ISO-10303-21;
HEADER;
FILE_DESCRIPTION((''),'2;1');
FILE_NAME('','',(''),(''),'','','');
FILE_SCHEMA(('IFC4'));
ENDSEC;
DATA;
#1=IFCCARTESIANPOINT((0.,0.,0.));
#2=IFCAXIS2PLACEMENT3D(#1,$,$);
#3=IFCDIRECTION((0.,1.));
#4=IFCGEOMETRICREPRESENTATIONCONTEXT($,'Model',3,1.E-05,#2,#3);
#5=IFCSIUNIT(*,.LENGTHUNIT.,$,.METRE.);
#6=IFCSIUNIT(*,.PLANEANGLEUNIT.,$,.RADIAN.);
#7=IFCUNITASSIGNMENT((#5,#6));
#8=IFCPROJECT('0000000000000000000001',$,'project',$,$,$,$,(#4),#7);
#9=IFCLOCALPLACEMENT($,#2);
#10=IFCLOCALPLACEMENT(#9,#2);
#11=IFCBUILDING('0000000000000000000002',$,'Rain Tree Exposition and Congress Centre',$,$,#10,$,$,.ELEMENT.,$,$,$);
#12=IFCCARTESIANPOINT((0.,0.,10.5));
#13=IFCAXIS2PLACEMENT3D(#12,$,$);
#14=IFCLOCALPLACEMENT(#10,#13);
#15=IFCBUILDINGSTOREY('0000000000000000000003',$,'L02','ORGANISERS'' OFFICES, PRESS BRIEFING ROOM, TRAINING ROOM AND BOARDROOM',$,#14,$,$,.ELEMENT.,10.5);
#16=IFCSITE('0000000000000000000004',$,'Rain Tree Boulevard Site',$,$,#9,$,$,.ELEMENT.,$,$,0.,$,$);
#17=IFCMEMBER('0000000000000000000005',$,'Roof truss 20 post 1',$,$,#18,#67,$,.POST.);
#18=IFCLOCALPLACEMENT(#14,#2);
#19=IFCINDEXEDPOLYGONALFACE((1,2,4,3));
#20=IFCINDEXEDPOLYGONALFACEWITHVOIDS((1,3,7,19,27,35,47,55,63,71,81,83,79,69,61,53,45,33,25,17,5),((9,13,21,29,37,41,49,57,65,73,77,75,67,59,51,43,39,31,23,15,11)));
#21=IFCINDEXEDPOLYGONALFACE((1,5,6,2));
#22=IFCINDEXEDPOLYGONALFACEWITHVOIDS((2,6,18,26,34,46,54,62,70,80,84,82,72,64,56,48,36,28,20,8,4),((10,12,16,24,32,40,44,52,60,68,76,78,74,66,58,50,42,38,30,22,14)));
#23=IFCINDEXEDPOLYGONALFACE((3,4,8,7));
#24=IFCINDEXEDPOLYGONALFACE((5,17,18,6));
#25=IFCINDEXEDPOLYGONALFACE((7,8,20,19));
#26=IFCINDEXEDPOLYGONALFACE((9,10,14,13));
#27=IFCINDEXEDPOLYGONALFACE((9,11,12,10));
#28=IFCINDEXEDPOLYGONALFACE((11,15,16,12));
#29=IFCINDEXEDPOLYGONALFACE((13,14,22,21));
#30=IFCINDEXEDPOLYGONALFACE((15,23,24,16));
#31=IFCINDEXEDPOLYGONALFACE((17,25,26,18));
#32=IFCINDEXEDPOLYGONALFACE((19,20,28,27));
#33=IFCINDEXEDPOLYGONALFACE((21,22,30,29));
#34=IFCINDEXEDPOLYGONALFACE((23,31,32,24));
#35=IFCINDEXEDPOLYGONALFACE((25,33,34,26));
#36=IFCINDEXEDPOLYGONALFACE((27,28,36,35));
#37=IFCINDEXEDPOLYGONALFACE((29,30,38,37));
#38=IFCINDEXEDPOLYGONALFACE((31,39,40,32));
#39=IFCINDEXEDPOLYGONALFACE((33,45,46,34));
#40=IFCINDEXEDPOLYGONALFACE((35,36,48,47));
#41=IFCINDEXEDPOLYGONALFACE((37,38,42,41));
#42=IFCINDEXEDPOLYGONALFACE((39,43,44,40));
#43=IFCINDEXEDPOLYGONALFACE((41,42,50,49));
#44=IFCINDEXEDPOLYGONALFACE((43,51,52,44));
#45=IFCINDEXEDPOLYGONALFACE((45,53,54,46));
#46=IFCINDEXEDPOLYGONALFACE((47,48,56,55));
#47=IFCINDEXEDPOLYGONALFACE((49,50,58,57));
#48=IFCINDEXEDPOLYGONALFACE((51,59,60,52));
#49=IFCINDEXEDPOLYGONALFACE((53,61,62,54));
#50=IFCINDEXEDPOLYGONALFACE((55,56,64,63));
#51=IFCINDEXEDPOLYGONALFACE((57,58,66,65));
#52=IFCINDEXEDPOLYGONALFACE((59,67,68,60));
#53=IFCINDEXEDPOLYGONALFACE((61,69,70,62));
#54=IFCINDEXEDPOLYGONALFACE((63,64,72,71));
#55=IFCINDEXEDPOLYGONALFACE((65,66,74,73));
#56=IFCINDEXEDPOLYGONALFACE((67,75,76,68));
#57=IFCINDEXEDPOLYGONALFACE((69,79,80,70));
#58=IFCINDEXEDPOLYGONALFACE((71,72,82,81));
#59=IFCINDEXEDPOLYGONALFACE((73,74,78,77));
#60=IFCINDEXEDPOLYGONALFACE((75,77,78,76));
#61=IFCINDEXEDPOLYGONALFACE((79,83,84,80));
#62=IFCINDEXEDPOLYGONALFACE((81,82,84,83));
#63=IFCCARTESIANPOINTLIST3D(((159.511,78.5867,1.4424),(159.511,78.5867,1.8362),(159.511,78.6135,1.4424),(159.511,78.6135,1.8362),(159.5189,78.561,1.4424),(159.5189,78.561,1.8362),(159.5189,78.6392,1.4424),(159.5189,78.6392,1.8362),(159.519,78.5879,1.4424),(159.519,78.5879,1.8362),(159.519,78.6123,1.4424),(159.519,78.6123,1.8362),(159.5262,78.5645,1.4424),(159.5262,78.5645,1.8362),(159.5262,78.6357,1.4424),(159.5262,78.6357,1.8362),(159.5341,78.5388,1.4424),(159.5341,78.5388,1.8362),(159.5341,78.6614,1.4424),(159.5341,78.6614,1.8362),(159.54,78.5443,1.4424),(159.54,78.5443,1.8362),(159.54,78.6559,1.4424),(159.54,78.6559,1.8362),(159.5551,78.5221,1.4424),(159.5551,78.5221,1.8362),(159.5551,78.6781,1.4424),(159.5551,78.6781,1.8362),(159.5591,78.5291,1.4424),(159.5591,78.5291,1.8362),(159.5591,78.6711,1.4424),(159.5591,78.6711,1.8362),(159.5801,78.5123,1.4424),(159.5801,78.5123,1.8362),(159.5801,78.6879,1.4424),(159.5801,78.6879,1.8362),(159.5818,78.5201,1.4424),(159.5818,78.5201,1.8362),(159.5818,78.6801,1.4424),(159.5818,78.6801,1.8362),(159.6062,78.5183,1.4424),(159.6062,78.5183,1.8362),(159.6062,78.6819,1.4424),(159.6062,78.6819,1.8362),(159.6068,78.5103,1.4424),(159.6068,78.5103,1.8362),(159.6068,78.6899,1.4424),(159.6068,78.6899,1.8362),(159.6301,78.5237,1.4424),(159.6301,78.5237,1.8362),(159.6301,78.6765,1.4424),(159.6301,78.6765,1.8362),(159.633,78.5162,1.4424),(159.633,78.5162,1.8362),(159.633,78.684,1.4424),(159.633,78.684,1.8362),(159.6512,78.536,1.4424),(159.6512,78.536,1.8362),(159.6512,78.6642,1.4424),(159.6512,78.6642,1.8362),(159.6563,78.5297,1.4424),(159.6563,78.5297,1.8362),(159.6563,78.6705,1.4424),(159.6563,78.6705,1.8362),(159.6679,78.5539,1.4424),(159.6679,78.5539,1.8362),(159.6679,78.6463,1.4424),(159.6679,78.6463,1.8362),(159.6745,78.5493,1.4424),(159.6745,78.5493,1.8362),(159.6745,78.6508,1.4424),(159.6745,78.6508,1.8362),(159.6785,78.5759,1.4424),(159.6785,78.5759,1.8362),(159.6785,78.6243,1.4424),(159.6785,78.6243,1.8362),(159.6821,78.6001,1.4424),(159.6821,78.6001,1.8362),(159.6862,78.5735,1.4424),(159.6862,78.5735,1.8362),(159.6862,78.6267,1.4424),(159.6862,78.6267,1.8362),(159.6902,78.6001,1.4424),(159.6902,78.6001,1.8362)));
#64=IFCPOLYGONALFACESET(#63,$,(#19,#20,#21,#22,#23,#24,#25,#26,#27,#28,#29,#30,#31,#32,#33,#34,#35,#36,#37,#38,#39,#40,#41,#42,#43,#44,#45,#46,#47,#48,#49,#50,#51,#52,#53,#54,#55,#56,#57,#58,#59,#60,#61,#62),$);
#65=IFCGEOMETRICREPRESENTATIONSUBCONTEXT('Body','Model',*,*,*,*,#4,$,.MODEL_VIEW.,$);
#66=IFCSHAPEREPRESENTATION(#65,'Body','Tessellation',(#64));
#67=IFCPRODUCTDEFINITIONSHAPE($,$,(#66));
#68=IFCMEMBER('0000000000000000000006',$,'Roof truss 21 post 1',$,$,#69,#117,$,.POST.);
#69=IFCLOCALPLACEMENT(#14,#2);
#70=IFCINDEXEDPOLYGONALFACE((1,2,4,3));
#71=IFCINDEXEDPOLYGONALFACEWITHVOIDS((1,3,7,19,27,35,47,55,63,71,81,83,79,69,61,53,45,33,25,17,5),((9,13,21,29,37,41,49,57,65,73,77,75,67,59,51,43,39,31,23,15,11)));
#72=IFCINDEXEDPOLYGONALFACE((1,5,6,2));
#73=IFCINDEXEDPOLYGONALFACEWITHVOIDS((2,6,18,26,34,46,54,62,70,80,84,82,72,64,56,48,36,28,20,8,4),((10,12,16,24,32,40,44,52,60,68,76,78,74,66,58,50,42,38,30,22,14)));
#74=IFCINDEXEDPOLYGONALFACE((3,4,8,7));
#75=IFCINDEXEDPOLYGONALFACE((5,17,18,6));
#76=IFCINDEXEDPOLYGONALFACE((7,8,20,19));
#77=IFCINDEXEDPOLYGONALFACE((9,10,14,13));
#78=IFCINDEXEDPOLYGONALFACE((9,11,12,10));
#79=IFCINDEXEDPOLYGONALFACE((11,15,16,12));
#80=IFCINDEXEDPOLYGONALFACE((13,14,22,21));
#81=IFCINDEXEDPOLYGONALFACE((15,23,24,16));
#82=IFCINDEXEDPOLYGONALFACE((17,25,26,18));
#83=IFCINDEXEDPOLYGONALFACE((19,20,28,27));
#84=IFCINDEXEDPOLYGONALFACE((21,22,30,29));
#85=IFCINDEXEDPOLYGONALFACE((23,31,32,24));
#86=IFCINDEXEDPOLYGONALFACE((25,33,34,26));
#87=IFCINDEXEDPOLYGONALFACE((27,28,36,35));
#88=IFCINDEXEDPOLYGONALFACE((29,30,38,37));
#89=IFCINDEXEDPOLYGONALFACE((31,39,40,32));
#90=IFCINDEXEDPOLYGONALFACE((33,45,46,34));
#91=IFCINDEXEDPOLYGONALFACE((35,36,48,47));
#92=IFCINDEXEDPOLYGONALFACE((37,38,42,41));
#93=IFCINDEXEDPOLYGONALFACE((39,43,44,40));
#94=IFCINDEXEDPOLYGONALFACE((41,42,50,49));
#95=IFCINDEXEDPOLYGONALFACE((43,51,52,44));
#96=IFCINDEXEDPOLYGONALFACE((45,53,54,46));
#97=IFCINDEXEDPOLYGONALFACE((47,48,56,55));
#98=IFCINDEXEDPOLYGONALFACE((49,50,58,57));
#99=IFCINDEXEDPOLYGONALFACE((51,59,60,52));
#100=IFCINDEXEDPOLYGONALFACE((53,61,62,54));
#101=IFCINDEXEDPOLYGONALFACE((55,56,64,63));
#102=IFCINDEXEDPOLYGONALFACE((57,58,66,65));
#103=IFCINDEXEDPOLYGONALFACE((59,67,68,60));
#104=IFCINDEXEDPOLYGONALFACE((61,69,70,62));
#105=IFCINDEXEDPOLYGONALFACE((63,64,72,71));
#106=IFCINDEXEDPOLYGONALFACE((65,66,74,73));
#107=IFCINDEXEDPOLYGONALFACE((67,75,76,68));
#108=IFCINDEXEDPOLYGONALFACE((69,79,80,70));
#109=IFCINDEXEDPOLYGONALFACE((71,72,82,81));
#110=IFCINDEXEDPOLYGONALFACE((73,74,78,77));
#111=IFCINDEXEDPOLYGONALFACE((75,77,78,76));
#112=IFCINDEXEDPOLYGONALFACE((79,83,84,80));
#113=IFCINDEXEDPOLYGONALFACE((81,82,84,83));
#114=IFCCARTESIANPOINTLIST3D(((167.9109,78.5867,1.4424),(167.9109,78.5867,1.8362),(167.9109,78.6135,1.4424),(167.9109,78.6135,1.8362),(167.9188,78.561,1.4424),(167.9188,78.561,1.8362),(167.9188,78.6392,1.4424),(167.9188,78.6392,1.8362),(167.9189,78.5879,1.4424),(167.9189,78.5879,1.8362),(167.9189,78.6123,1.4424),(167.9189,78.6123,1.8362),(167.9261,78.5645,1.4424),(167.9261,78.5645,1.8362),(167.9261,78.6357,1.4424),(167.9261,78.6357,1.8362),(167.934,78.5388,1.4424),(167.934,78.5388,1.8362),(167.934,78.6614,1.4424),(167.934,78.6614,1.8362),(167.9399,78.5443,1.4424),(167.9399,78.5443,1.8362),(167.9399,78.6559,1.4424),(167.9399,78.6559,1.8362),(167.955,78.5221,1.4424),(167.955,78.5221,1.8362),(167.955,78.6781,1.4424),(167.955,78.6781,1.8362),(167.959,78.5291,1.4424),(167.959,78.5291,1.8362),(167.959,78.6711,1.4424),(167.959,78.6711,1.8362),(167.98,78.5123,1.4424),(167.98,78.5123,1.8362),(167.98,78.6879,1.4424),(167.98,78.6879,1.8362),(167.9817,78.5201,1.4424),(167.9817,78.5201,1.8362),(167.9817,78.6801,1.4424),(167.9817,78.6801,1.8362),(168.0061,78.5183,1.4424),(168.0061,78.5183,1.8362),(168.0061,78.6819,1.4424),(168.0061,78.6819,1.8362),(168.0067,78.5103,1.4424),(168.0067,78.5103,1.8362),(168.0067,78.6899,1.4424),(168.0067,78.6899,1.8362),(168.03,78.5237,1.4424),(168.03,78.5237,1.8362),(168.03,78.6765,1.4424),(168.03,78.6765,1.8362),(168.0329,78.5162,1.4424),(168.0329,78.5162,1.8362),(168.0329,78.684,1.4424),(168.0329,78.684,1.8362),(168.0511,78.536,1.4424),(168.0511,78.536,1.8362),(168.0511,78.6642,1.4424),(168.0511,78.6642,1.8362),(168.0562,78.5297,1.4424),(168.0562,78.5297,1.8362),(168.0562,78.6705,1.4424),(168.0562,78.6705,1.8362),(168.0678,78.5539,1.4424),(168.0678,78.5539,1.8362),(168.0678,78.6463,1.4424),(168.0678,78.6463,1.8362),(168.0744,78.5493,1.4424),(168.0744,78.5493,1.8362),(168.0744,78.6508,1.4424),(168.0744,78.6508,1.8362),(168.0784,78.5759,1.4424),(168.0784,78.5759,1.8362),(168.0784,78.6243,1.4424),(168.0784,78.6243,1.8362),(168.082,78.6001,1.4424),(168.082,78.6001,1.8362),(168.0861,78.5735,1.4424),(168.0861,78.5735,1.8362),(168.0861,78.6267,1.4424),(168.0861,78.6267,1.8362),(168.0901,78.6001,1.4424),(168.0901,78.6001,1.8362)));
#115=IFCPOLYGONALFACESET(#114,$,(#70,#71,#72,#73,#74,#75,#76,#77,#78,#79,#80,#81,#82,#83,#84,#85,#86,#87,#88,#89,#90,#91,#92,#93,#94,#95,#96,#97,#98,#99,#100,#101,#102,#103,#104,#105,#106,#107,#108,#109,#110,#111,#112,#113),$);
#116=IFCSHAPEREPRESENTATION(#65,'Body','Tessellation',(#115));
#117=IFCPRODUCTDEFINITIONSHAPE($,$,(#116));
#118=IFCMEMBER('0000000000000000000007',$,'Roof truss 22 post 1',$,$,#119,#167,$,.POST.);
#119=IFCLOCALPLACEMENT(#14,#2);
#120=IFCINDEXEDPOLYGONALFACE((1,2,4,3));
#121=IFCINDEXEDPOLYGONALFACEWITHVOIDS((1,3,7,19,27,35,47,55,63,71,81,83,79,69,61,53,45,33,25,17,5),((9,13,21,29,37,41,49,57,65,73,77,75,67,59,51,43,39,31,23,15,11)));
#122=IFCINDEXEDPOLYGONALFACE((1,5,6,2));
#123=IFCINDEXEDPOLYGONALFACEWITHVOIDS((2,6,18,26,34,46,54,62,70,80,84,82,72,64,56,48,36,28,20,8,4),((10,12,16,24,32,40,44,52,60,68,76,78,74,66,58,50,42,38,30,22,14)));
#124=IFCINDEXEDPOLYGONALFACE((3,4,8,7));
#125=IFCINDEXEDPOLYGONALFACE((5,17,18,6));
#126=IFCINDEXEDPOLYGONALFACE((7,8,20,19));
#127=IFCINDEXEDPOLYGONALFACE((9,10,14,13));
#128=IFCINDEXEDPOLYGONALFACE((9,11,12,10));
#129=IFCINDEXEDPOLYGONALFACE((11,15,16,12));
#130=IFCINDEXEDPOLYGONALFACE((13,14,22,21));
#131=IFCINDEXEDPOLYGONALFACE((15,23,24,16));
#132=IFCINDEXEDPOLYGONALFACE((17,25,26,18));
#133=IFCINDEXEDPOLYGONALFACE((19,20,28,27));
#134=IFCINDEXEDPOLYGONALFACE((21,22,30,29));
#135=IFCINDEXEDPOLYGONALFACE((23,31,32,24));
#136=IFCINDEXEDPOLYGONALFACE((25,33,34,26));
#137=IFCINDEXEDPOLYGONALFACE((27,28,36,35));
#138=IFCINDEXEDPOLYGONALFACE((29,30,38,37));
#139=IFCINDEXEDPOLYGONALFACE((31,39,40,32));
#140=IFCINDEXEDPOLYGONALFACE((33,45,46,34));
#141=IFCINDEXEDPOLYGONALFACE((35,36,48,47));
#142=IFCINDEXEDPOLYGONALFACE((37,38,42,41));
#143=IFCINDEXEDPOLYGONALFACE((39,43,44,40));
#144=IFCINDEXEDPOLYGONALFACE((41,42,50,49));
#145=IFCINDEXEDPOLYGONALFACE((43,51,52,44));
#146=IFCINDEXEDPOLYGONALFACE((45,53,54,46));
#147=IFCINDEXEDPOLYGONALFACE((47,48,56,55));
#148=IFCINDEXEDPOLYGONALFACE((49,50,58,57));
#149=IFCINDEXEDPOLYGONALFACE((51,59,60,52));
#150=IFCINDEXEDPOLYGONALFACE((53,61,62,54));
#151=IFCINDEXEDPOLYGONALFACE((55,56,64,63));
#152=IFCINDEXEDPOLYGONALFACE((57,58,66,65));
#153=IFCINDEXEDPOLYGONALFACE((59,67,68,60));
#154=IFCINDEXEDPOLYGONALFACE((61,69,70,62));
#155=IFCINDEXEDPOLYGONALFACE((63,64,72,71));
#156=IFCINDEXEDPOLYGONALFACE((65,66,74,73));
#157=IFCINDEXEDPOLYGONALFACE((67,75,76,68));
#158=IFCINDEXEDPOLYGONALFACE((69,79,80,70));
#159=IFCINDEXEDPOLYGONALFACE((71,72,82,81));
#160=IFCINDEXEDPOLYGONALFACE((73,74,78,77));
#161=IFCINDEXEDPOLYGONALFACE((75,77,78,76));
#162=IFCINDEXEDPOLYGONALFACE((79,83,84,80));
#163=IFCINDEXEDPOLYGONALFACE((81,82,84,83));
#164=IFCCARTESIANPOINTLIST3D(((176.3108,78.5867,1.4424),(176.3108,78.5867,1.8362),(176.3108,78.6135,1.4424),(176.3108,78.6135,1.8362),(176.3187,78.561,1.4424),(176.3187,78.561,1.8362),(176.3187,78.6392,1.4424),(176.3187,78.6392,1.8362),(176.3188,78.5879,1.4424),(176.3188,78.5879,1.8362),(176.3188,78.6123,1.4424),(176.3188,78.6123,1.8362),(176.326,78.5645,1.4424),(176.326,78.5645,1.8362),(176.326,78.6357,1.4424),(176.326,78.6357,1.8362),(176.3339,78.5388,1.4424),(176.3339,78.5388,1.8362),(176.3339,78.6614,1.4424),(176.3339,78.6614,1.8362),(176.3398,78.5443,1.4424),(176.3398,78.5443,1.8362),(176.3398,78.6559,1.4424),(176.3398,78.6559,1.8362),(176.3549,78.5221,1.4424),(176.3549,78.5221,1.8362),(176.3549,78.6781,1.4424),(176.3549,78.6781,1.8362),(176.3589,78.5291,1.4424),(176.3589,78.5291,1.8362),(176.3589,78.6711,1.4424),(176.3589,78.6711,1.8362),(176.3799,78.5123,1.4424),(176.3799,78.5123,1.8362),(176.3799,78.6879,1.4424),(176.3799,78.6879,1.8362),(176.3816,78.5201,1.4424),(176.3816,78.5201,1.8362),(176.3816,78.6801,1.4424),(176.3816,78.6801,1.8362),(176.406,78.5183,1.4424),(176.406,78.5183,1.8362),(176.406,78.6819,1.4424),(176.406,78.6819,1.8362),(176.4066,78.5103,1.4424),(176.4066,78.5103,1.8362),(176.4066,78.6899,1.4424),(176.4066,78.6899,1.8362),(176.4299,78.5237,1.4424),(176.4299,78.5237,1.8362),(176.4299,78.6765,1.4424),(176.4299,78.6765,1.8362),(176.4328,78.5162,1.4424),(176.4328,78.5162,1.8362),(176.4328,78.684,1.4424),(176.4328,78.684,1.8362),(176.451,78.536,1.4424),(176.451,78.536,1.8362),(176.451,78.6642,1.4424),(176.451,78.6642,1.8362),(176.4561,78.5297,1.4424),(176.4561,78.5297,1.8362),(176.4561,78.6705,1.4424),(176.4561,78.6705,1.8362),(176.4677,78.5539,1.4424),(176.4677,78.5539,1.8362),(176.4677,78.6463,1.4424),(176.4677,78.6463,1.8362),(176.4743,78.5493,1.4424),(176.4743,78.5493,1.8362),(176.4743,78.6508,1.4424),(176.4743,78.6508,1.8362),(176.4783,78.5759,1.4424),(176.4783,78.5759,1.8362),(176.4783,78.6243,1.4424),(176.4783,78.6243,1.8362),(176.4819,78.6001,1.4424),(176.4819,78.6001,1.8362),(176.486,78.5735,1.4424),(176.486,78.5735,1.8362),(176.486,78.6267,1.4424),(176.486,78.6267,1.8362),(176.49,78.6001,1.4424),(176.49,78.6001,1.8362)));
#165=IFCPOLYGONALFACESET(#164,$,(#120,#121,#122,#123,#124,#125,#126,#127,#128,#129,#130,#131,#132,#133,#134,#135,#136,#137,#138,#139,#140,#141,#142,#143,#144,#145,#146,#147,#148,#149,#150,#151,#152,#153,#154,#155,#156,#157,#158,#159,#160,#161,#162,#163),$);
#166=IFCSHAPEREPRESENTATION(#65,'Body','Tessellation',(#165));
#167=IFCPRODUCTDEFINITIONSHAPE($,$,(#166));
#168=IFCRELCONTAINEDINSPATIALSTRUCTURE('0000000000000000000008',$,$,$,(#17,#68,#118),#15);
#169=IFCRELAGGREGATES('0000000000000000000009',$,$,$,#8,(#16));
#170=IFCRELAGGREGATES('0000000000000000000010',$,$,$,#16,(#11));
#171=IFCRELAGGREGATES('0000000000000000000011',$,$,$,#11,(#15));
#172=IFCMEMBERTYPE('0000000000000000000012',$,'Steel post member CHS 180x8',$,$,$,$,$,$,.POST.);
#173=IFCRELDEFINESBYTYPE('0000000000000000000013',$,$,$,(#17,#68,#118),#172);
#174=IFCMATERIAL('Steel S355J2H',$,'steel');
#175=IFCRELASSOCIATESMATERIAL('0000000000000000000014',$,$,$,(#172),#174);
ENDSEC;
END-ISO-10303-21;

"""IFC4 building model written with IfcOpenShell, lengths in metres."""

from ifc_helpers import new_model, si_unit, direction, frame, origin, origin_2d, place, context, subcontext, project, spatial, hollow_circle, extrude, material, material_profile, profile_set, type_object, element, save


model = new_model("IFC4")

# Units and contexts
model_context = context("Model", 3, precision=1e-05, world=origin(), true_north=direction((0.0, 1.0)))
body_context = subcontext(model_context, "Body", "Model", "MODEL_VIEW")
ifc_project = project(units=[si_unit("LENGTHUNIT", "METRE"), si_unit("PLANEANGLEUNIT", "RADIAN")], contexts=[model_context])

# Site, building, storey
site_placement = place(None, origin())
site = spatial("IfcSite", under=ifc_project, at=site_placement, Name="Rain Tree Boulevard Site", CompositionType="ELEMENT", RefElevation=0.0)
building_placement = place(site_placement, origin())
building = spatial("IfcBuilding", under=site, at=building_placement, Name="Rain Tree Exposition and Congress Centre", CompositionType="ELEMENT")
storey_placement = place(building_placement, frame((0.0, 0.0, 10.5)))
storey = spatial("IfcBuildingStorey", under=building, at=storey_placement, Name="L02", Description="ORGANISERS' OFFICES, PRESS BRIEFING ROOM, TRAINING ROOM AND BOARDROOM", CompositionType="ELEMENT", Elevation=10.5)

# Members
ifc_material_1 = material(Name="Steel S355J2H", Category="steel")
ifc_material_profile_1 = material_profile(ifc_material_1, hollow_circle(Radius=0.0901, WallThickness=0.0081, at=origin_2d()), Name="CHS 180x8")
ifc_profile_set_1 = profile_set([ifc_material_profile_1], Name="Steel S355J2H")
member_type_1 = type_object("IfcMemberType", Name="Steel post member CHS 180x8", PredefinedType="POST", material=ifc_profile_set_1)
for number, where, z_axis, x_axis, name in (
    (1, (159.6001, 78.6001, 1.4424), (0.0, 0.0, 1.0), (1.0, 0.0, 0.0), "Roof truss 20 post 1"),
    (2, (168.0, 78.6001, 1.4424), (0.0, 0.0, 1.0), (1.0, 0.0, 0.0), "Roof truss 21 post 1"),
    (3, (176.3999, 78.6001, 1.4424), (0.0, 0.0, 1.0), (1.0, 0.0, 0.0), "Roof truss 22 post 1"),
):
    element("IfcMember", number, at=place(storey_placement, frame(where, z_axis=z_axis, x_axis=x_axis)), inside=storey, type_object=member_type_1, Name=name, PredefinedType="POST", context=body_context, shape_type="SweptSolid", body=[
        extrude(hollow_circle(Radius=0.0901, WallThickness=0.0081, at=origin_2d()), origin(), (0.0, 0.0, 1.0), 0.3938),
    ])

save(model, "model.ifc")
